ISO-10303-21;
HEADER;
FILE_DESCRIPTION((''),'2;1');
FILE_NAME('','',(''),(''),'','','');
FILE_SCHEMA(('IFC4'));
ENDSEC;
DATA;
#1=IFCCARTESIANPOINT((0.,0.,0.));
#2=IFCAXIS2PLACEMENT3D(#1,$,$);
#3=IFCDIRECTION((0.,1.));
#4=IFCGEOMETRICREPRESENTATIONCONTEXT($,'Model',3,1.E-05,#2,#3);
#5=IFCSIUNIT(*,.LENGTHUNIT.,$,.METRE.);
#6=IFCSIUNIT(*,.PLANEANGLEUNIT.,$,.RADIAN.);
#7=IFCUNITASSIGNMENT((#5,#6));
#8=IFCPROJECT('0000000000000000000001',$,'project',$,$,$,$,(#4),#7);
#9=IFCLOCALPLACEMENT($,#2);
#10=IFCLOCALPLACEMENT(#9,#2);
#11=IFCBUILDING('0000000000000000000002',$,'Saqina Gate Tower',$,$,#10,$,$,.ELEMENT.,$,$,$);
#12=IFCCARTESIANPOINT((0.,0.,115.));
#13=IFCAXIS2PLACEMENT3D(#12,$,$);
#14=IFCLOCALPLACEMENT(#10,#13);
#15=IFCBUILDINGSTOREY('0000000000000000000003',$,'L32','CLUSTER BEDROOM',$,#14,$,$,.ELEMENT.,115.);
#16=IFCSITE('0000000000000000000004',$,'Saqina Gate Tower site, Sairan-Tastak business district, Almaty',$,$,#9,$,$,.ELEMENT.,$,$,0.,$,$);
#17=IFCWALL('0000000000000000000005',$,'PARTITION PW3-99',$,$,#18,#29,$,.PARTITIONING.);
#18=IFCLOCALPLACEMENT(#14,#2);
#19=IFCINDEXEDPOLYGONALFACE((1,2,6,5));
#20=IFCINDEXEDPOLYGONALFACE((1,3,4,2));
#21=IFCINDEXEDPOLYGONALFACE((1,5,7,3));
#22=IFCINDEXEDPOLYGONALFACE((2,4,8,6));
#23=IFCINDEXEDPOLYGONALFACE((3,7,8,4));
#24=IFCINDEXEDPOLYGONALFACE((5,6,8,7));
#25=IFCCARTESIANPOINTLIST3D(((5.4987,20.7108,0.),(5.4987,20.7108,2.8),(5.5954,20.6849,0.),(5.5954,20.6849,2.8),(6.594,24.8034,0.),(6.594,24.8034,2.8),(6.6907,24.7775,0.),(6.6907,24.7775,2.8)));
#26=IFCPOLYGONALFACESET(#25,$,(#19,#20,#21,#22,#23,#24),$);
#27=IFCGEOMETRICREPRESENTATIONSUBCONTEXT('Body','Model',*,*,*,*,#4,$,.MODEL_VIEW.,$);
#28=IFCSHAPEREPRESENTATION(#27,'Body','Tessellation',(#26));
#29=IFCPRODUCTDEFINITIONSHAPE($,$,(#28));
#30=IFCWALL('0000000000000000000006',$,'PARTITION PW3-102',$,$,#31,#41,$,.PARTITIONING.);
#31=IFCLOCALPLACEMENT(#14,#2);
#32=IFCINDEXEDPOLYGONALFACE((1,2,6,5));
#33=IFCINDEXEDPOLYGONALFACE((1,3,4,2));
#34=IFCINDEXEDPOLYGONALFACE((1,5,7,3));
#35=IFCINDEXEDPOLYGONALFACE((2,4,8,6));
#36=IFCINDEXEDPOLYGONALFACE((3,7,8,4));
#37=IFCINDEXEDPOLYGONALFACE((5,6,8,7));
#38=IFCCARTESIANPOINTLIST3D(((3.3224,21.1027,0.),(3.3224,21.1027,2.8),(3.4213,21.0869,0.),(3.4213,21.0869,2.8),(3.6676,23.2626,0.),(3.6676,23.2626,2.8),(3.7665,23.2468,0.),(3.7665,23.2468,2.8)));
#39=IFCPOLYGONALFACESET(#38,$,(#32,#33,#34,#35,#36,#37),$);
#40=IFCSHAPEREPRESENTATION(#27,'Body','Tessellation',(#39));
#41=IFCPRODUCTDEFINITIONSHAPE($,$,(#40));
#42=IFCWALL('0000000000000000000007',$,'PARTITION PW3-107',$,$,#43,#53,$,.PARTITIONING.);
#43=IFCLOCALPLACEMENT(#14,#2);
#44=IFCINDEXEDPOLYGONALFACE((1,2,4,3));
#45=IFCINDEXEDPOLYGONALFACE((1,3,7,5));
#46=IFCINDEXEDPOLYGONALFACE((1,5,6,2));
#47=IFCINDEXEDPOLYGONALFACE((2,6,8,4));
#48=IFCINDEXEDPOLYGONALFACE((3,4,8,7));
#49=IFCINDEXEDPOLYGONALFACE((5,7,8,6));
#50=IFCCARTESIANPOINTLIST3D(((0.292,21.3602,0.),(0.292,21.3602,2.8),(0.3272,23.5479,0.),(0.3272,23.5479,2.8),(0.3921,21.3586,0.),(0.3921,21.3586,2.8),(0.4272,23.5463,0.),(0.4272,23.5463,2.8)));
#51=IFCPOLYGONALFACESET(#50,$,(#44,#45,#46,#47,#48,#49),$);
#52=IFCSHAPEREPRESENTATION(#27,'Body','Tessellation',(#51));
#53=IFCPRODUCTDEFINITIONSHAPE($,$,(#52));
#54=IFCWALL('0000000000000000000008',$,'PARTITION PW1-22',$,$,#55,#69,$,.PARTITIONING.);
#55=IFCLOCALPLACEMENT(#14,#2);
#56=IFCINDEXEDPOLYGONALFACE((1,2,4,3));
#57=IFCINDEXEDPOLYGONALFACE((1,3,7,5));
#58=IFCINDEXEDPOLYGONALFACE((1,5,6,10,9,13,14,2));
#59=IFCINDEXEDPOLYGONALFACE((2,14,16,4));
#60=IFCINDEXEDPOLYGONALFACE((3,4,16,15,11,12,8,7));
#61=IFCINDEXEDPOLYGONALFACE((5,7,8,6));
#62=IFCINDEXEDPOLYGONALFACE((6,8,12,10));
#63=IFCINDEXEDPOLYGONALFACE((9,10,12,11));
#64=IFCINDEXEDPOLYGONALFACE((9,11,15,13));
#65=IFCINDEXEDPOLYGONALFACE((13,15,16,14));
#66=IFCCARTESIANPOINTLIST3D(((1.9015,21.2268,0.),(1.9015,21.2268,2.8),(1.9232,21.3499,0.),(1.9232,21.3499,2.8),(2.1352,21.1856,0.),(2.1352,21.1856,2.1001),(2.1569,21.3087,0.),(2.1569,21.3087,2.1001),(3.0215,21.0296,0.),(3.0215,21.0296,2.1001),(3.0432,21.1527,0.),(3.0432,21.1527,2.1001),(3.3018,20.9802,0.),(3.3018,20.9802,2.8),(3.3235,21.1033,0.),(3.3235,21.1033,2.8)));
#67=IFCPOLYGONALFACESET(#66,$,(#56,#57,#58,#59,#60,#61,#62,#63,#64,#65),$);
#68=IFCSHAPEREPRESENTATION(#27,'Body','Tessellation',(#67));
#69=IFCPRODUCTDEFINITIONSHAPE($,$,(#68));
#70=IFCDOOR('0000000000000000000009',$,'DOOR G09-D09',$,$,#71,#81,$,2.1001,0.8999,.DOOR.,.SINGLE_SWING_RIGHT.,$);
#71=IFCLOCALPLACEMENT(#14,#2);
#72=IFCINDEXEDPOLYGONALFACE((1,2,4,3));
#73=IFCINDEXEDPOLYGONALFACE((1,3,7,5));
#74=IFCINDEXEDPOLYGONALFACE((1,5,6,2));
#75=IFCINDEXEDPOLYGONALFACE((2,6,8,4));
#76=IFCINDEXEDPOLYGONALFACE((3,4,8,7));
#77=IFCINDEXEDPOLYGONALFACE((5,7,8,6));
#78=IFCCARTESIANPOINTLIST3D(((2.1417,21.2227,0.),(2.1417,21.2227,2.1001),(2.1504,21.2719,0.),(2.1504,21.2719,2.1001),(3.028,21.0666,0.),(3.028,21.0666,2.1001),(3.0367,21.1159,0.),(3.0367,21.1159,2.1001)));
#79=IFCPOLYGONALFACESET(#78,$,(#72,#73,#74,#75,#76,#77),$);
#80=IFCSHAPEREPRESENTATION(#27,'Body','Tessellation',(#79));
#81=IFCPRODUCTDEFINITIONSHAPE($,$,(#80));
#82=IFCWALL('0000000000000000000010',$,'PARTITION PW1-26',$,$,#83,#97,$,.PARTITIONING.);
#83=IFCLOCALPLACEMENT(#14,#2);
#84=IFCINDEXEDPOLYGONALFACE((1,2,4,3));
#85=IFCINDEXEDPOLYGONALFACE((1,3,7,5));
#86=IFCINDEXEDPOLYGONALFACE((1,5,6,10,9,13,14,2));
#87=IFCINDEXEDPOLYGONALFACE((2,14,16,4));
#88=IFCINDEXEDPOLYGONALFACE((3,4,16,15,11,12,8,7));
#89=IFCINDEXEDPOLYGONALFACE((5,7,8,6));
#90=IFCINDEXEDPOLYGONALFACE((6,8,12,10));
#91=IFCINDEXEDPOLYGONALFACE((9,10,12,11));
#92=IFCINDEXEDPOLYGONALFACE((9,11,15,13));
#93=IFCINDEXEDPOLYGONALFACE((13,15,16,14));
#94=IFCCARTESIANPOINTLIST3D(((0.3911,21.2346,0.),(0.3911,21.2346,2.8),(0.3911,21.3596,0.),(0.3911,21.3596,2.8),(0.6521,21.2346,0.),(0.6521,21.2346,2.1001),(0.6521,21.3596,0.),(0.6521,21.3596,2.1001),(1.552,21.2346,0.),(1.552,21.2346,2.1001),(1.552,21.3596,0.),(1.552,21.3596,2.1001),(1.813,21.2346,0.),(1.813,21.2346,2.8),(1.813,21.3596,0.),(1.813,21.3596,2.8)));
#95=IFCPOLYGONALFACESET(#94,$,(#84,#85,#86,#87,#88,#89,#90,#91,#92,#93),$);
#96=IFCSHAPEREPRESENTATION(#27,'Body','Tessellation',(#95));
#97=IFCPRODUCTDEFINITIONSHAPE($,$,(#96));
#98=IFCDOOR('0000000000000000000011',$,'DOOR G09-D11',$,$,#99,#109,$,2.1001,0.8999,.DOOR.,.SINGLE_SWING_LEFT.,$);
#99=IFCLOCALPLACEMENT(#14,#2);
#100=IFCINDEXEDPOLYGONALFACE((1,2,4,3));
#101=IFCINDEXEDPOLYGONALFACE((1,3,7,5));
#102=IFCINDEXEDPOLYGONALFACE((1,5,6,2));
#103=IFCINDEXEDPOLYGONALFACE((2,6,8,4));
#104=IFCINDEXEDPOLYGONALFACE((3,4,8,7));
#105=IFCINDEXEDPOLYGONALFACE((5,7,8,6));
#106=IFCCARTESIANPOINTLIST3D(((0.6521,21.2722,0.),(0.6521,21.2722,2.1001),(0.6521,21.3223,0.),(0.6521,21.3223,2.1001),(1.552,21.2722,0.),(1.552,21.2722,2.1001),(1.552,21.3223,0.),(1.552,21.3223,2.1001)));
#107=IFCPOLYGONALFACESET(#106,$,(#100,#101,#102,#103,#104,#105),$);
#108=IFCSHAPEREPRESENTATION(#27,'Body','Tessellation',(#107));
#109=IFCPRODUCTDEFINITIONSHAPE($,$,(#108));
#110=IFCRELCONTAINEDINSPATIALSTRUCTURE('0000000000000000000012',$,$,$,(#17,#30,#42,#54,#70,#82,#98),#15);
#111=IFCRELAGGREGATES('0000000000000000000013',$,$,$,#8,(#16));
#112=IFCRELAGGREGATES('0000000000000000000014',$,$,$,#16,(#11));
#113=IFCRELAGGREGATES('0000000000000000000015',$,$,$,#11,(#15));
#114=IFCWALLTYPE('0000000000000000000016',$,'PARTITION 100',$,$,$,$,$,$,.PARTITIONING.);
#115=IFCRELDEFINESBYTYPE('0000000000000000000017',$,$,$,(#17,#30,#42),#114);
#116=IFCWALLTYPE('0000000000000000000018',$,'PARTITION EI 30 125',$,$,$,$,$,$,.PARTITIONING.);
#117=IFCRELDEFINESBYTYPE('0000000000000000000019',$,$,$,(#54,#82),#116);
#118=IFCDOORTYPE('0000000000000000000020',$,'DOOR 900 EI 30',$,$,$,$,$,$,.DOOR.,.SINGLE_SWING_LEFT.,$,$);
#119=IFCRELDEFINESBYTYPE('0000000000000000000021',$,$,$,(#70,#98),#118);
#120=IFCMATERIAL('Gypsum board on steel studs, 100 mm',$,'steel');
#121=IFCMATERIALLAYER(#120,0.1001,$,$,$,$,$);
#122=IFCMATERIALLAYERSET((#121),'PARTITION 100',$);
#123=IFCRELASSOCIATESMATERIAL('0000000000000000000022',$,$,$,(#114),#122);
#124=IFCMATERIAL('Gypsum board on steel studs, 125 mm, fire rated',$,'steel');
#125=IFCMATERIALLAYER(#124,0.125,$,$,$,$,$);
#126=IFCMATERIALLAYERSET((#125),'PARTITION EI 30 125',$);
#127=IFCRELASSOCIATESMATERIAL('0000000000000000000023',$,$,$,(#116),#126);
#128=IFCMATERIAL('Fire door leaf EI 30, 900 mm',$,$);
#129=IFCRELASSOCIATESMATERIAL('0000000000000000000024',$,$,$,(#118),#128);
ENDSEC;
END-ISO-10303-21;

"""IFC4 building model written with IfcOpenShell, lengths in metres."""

from ifc_helpers import new_model, si_unit, direction, frame, frame_2d, origin, place, context, subcontext, project, spatial, rectangle, extrude, material, layer, layer_set, type_object, element, fill, save


model = new_model("IFC4")

# Units and contexts
model_context = context("Model", 3, precision=1e-05, world=origin(), true_north=direction((0.0, 1.0)))
body_context = subcontext(model_context, "Body", "Model", "MODEL_VIEW")
ifc_project = project(units=[si_unit("LENGTHUNIT", "METRE"), si_unit("PLANEANGLEUNIT", "RADIAN")], contexts=[model_context])

# Site, building, storey
site_placement = place(None, origin())
site = spatial("IfcSite", under=ifc_project, at=site_placement, Name="Saqina Gate Tower site, Sairan-Tastak business district, Almaty", CompositionType="ELEMENT", RefElevation=0.0)
building_placement = place(site_placement, origin())
building = spatial("IfcBuilding", under=site, at=building_placement, Name="Saqina Gate Tower", CompositionType="ELEMENT")
storey_placement = place(building_placement, frame((0.0, 0.0, 115.0)))
storey = spatial("IfcBuildingStorey", under=building, at=storey_placement, Name="L32", Description="CLUSTER BEDROOM", CompositionType="ELEMENT", Elevation=115.0)

# Shared definitions
ifc_material_1 = material(Name="Gypsum board on steel studs, 100 mm", Category="steel")
ifc_layer_1 = layer(ifc_material_1, 0.1001)
ifc_layer_set_1 = layer_set([ifc_layer_1], Name="PARTITION 100")
wall_type_1 = type_object("IfcWallType", Name="PARTITION 100", PredefinedType="PARTITIONING", material=ifc_layer_set_1)

# Walls
wall_1_placement = place(storey_placement, frame((5.5471, 20.698, 0.0), z_axis=(0.0, 0.0, 1.0), x_axis=(0.258516, 0.966007, 0.0)))
element("IfcWall", 1, at=wall_1_placement, inside=storey, type_object=wall_type_1, Name="PARTITION PW3-99", PredefinedType="PARTITIONING", context=body_context, shape_type="SweptSolid", body=[
    extrude(rectangle(XDim=4.2366, YDim=0.1001, at=frame_2d((2.1182, 0.0))), origin(), (0.0, 0.0, 1.0), 2.8),
])
wall_2_placement = place(storey_placement, frame((3.3718, 21.0947, 0.0), z_axis=(0.0, 0.0, 1.0), x_axis=(0.157825, 0.987467, 0.0)))
element("IfcWall", 2, at=wall_2_placement, inside=storey, type_object=wall_type_1, Name="PARTITION PW3-102", PredefinedType="PARTITIONING", context=body_context, shape_type="SweptSolid", body=[
    extrude(rectangle(XDim=2.1873, YDim=0.1001, at=frame_2d((1.0938, 0.0))), origin(), (0.0, 0.0, 1.0), 2.8),
])
wall_3_placement = place(storey_placement, frame((0.342, 21.3594, 0.0), z_axis=(0.0, 0.0, 1.0), x_axis=(0.016068, 0.999871, 0.0)))
element("IfcWall", 3, at=wall_3_placement, inside=storey, type_object=wall_type_1, Name="PARTITION PW3-107", PredefinedType="PARTITIONING", context=body_context, shape_type="SweptSolid", body=[
    extrude(rectangle(XDim=2.188, YDim=0.1001, at=frame_2d((1.094, 0.0))), origin(), (0.0, 0.0, 1.0), 2.8),
])

# Walls, openings, doors
ifc_material_2 = material(Name="Gypsum board on steel studs, 125 mm, fire rated", Category="steel")
ifc_layer_2 = layer(ifc_material_2, 0.125)
ifc_layer_set_2 = layer_set([ifc_layer_2], Name="PARTITION EI 30 125")
wall_type_2 = type_object("IfcWallType", Name="PARTITION EI 30 125", PredefinedType="PARTITIONING", material=ifc_layer_set_2)
wall_4_placement = place(storey_placement, frame((1.9124, 21.2883, 0.0), z_axis=(0.0, 0.0, 1.0), x_axis=(0.984849, -0.173413, 0.0)))
wall_4 = element("IfcWall", 4, at=wall_4_placement, inside=storey, type_object=wall_type_2, Name="PARTITION PW1-22", PredefinedType="PARTITIONING", context=body_context, shape_type="SweptSolid", body=[
    extrude(rectangle(XDim=1.4219, YDim=0.125, at=frame_2d((0.7109, 0.0))), origin(), (0.0, 0.0, 1.0), 2.8),
])
opening_1_placement = place(wall_4_placement, frame((0.2373, 0.0, 0.0)))
opening_1 = element("IfcOpeningElement", 5, at=opening_1_placement, cuts=wall_4, PredefinedType="OPENING", context=body_context, shape_type="SweptSolid", body=[
    extrude(rectangle(XDim=0.8999, YDim=2.1001, at=frame_2d((0.45, 1.05))), frame((0.0, 0.0745, 0.0), z_axis=(0.0, -1.0, 0.0), x_axis=(1.0, 0.0, 0.0)), (0.0, 0.0, 1.0), 0.1489),
])
ifc_material_3 = material(Name="Fire door leaf EI 30, 900 mm")
door_type_1 = type_object("IfcDoorType", Name="DOOR 900 EI 30", OperationType="SINGLE_SWING_LEFT", PredefinedType="DOOR", material=ifc_material_3)
door_1_placement = place(opening_1_placement, frame((0.8999, 0.0, 0.0), z_axis=(0.0, 0.0, 1.0), x_axis=(-1.0, 0.0, 0.0)))
door_1 = element("IfcDoor", 6, at=door_1_placement, inside=storey, type_object=door_type_1, Name="DOOR G09-D09", OperationType="SINGLE_SWING_RIGHT", OverallHeight=2.1001, OverallWidth=0.8999, PredefinedType="DOOR", context=body_context, shape_type="SweptSolid", body=[
    extrude(rectangle(XDim=0.8999, YDim=2.1001, at=frame_2d((0.45, 1.05))), frame((0.0, 0.0249, 0.0), z_axis=(0.0, -1.0, 0.0), x_axis=(1.0, 0.0, 0.0)), (0.0, 0.0, 1.0), 0.05),
])
fill(opening_1, door_1)
wall_5_placement = place(storey_placement, frame((0.3911, 21.2971, 0.0), z_axis=(0.0, 0.0, 1.0), x_axis=(1.0, 0.0, 0.0)))
wall_5 = element("IfcWall", 7, at=wall_5_placement, inside=storey, type_object=wall_type_2, Name="PARTITION PW1-26", PredefinedType="PARTITIONING", context=body_context, shape_type="SweptSolid", body=[
    extrude(rectangle(XDim=1.4219, YDim=0.125, at=frame_2d((0.7109, 0.0))), origin(), (0.0, 0.0, 1.0), 2.8),
])
opening_2_placement = place(wall_5_placement, frame((0.261, 0.0, 0.0)))
opening_2 = element("IfcOpeningElement", 8, at=opening_2_placement, cuts=wall_5, PredefinedType="OPENING", context=body_context, shape_type="SweptSolid", body=[
    extrude(rectangle(XDim=0.8999, YDim=2.1001, at=frame_2d((0.45, 1.05))), frame((0.0, 0.0745, 0.0), z_axis=(0.0, -1.0, 0.0), x_axis=(1.0, 0.0, 0.0)), (0.0, 0.0, 1.0), 0.1489),
])
door_2_placement = place(opening_2_placement, frame((0.8999, 0.0, 0.0), z_axis=(0.0, 0.0, 1.0), x_axis=(-1.0, 0.0, 0.0)))
door_2 = element("IfcDoor", 9, at=door_2_placement, inside=storey, type_object=door_type_1, Name="DOOR G09-D11", OperationType="SINGLE_SWING_LEFT", OverallHeight=2.1001, OverallWidth=0.8999, PredefinedType="DOOR", context=body_context, shape_type="SweptSolid", body=[
    extrude(rectangle(XDim=0.8999, YDim=2.1001, at=frame_2d((0.45, 1.05))), frame((0.0, 0.0249, 0.0), z_axis=(0.0, -1.0, 0.0), x_axis=(1.0, 0.0, 0.0)), (0.0, 0.0, 1.0), 0.05),
])
fill(opening_2, door_2)

save(model, "model.ifc")
